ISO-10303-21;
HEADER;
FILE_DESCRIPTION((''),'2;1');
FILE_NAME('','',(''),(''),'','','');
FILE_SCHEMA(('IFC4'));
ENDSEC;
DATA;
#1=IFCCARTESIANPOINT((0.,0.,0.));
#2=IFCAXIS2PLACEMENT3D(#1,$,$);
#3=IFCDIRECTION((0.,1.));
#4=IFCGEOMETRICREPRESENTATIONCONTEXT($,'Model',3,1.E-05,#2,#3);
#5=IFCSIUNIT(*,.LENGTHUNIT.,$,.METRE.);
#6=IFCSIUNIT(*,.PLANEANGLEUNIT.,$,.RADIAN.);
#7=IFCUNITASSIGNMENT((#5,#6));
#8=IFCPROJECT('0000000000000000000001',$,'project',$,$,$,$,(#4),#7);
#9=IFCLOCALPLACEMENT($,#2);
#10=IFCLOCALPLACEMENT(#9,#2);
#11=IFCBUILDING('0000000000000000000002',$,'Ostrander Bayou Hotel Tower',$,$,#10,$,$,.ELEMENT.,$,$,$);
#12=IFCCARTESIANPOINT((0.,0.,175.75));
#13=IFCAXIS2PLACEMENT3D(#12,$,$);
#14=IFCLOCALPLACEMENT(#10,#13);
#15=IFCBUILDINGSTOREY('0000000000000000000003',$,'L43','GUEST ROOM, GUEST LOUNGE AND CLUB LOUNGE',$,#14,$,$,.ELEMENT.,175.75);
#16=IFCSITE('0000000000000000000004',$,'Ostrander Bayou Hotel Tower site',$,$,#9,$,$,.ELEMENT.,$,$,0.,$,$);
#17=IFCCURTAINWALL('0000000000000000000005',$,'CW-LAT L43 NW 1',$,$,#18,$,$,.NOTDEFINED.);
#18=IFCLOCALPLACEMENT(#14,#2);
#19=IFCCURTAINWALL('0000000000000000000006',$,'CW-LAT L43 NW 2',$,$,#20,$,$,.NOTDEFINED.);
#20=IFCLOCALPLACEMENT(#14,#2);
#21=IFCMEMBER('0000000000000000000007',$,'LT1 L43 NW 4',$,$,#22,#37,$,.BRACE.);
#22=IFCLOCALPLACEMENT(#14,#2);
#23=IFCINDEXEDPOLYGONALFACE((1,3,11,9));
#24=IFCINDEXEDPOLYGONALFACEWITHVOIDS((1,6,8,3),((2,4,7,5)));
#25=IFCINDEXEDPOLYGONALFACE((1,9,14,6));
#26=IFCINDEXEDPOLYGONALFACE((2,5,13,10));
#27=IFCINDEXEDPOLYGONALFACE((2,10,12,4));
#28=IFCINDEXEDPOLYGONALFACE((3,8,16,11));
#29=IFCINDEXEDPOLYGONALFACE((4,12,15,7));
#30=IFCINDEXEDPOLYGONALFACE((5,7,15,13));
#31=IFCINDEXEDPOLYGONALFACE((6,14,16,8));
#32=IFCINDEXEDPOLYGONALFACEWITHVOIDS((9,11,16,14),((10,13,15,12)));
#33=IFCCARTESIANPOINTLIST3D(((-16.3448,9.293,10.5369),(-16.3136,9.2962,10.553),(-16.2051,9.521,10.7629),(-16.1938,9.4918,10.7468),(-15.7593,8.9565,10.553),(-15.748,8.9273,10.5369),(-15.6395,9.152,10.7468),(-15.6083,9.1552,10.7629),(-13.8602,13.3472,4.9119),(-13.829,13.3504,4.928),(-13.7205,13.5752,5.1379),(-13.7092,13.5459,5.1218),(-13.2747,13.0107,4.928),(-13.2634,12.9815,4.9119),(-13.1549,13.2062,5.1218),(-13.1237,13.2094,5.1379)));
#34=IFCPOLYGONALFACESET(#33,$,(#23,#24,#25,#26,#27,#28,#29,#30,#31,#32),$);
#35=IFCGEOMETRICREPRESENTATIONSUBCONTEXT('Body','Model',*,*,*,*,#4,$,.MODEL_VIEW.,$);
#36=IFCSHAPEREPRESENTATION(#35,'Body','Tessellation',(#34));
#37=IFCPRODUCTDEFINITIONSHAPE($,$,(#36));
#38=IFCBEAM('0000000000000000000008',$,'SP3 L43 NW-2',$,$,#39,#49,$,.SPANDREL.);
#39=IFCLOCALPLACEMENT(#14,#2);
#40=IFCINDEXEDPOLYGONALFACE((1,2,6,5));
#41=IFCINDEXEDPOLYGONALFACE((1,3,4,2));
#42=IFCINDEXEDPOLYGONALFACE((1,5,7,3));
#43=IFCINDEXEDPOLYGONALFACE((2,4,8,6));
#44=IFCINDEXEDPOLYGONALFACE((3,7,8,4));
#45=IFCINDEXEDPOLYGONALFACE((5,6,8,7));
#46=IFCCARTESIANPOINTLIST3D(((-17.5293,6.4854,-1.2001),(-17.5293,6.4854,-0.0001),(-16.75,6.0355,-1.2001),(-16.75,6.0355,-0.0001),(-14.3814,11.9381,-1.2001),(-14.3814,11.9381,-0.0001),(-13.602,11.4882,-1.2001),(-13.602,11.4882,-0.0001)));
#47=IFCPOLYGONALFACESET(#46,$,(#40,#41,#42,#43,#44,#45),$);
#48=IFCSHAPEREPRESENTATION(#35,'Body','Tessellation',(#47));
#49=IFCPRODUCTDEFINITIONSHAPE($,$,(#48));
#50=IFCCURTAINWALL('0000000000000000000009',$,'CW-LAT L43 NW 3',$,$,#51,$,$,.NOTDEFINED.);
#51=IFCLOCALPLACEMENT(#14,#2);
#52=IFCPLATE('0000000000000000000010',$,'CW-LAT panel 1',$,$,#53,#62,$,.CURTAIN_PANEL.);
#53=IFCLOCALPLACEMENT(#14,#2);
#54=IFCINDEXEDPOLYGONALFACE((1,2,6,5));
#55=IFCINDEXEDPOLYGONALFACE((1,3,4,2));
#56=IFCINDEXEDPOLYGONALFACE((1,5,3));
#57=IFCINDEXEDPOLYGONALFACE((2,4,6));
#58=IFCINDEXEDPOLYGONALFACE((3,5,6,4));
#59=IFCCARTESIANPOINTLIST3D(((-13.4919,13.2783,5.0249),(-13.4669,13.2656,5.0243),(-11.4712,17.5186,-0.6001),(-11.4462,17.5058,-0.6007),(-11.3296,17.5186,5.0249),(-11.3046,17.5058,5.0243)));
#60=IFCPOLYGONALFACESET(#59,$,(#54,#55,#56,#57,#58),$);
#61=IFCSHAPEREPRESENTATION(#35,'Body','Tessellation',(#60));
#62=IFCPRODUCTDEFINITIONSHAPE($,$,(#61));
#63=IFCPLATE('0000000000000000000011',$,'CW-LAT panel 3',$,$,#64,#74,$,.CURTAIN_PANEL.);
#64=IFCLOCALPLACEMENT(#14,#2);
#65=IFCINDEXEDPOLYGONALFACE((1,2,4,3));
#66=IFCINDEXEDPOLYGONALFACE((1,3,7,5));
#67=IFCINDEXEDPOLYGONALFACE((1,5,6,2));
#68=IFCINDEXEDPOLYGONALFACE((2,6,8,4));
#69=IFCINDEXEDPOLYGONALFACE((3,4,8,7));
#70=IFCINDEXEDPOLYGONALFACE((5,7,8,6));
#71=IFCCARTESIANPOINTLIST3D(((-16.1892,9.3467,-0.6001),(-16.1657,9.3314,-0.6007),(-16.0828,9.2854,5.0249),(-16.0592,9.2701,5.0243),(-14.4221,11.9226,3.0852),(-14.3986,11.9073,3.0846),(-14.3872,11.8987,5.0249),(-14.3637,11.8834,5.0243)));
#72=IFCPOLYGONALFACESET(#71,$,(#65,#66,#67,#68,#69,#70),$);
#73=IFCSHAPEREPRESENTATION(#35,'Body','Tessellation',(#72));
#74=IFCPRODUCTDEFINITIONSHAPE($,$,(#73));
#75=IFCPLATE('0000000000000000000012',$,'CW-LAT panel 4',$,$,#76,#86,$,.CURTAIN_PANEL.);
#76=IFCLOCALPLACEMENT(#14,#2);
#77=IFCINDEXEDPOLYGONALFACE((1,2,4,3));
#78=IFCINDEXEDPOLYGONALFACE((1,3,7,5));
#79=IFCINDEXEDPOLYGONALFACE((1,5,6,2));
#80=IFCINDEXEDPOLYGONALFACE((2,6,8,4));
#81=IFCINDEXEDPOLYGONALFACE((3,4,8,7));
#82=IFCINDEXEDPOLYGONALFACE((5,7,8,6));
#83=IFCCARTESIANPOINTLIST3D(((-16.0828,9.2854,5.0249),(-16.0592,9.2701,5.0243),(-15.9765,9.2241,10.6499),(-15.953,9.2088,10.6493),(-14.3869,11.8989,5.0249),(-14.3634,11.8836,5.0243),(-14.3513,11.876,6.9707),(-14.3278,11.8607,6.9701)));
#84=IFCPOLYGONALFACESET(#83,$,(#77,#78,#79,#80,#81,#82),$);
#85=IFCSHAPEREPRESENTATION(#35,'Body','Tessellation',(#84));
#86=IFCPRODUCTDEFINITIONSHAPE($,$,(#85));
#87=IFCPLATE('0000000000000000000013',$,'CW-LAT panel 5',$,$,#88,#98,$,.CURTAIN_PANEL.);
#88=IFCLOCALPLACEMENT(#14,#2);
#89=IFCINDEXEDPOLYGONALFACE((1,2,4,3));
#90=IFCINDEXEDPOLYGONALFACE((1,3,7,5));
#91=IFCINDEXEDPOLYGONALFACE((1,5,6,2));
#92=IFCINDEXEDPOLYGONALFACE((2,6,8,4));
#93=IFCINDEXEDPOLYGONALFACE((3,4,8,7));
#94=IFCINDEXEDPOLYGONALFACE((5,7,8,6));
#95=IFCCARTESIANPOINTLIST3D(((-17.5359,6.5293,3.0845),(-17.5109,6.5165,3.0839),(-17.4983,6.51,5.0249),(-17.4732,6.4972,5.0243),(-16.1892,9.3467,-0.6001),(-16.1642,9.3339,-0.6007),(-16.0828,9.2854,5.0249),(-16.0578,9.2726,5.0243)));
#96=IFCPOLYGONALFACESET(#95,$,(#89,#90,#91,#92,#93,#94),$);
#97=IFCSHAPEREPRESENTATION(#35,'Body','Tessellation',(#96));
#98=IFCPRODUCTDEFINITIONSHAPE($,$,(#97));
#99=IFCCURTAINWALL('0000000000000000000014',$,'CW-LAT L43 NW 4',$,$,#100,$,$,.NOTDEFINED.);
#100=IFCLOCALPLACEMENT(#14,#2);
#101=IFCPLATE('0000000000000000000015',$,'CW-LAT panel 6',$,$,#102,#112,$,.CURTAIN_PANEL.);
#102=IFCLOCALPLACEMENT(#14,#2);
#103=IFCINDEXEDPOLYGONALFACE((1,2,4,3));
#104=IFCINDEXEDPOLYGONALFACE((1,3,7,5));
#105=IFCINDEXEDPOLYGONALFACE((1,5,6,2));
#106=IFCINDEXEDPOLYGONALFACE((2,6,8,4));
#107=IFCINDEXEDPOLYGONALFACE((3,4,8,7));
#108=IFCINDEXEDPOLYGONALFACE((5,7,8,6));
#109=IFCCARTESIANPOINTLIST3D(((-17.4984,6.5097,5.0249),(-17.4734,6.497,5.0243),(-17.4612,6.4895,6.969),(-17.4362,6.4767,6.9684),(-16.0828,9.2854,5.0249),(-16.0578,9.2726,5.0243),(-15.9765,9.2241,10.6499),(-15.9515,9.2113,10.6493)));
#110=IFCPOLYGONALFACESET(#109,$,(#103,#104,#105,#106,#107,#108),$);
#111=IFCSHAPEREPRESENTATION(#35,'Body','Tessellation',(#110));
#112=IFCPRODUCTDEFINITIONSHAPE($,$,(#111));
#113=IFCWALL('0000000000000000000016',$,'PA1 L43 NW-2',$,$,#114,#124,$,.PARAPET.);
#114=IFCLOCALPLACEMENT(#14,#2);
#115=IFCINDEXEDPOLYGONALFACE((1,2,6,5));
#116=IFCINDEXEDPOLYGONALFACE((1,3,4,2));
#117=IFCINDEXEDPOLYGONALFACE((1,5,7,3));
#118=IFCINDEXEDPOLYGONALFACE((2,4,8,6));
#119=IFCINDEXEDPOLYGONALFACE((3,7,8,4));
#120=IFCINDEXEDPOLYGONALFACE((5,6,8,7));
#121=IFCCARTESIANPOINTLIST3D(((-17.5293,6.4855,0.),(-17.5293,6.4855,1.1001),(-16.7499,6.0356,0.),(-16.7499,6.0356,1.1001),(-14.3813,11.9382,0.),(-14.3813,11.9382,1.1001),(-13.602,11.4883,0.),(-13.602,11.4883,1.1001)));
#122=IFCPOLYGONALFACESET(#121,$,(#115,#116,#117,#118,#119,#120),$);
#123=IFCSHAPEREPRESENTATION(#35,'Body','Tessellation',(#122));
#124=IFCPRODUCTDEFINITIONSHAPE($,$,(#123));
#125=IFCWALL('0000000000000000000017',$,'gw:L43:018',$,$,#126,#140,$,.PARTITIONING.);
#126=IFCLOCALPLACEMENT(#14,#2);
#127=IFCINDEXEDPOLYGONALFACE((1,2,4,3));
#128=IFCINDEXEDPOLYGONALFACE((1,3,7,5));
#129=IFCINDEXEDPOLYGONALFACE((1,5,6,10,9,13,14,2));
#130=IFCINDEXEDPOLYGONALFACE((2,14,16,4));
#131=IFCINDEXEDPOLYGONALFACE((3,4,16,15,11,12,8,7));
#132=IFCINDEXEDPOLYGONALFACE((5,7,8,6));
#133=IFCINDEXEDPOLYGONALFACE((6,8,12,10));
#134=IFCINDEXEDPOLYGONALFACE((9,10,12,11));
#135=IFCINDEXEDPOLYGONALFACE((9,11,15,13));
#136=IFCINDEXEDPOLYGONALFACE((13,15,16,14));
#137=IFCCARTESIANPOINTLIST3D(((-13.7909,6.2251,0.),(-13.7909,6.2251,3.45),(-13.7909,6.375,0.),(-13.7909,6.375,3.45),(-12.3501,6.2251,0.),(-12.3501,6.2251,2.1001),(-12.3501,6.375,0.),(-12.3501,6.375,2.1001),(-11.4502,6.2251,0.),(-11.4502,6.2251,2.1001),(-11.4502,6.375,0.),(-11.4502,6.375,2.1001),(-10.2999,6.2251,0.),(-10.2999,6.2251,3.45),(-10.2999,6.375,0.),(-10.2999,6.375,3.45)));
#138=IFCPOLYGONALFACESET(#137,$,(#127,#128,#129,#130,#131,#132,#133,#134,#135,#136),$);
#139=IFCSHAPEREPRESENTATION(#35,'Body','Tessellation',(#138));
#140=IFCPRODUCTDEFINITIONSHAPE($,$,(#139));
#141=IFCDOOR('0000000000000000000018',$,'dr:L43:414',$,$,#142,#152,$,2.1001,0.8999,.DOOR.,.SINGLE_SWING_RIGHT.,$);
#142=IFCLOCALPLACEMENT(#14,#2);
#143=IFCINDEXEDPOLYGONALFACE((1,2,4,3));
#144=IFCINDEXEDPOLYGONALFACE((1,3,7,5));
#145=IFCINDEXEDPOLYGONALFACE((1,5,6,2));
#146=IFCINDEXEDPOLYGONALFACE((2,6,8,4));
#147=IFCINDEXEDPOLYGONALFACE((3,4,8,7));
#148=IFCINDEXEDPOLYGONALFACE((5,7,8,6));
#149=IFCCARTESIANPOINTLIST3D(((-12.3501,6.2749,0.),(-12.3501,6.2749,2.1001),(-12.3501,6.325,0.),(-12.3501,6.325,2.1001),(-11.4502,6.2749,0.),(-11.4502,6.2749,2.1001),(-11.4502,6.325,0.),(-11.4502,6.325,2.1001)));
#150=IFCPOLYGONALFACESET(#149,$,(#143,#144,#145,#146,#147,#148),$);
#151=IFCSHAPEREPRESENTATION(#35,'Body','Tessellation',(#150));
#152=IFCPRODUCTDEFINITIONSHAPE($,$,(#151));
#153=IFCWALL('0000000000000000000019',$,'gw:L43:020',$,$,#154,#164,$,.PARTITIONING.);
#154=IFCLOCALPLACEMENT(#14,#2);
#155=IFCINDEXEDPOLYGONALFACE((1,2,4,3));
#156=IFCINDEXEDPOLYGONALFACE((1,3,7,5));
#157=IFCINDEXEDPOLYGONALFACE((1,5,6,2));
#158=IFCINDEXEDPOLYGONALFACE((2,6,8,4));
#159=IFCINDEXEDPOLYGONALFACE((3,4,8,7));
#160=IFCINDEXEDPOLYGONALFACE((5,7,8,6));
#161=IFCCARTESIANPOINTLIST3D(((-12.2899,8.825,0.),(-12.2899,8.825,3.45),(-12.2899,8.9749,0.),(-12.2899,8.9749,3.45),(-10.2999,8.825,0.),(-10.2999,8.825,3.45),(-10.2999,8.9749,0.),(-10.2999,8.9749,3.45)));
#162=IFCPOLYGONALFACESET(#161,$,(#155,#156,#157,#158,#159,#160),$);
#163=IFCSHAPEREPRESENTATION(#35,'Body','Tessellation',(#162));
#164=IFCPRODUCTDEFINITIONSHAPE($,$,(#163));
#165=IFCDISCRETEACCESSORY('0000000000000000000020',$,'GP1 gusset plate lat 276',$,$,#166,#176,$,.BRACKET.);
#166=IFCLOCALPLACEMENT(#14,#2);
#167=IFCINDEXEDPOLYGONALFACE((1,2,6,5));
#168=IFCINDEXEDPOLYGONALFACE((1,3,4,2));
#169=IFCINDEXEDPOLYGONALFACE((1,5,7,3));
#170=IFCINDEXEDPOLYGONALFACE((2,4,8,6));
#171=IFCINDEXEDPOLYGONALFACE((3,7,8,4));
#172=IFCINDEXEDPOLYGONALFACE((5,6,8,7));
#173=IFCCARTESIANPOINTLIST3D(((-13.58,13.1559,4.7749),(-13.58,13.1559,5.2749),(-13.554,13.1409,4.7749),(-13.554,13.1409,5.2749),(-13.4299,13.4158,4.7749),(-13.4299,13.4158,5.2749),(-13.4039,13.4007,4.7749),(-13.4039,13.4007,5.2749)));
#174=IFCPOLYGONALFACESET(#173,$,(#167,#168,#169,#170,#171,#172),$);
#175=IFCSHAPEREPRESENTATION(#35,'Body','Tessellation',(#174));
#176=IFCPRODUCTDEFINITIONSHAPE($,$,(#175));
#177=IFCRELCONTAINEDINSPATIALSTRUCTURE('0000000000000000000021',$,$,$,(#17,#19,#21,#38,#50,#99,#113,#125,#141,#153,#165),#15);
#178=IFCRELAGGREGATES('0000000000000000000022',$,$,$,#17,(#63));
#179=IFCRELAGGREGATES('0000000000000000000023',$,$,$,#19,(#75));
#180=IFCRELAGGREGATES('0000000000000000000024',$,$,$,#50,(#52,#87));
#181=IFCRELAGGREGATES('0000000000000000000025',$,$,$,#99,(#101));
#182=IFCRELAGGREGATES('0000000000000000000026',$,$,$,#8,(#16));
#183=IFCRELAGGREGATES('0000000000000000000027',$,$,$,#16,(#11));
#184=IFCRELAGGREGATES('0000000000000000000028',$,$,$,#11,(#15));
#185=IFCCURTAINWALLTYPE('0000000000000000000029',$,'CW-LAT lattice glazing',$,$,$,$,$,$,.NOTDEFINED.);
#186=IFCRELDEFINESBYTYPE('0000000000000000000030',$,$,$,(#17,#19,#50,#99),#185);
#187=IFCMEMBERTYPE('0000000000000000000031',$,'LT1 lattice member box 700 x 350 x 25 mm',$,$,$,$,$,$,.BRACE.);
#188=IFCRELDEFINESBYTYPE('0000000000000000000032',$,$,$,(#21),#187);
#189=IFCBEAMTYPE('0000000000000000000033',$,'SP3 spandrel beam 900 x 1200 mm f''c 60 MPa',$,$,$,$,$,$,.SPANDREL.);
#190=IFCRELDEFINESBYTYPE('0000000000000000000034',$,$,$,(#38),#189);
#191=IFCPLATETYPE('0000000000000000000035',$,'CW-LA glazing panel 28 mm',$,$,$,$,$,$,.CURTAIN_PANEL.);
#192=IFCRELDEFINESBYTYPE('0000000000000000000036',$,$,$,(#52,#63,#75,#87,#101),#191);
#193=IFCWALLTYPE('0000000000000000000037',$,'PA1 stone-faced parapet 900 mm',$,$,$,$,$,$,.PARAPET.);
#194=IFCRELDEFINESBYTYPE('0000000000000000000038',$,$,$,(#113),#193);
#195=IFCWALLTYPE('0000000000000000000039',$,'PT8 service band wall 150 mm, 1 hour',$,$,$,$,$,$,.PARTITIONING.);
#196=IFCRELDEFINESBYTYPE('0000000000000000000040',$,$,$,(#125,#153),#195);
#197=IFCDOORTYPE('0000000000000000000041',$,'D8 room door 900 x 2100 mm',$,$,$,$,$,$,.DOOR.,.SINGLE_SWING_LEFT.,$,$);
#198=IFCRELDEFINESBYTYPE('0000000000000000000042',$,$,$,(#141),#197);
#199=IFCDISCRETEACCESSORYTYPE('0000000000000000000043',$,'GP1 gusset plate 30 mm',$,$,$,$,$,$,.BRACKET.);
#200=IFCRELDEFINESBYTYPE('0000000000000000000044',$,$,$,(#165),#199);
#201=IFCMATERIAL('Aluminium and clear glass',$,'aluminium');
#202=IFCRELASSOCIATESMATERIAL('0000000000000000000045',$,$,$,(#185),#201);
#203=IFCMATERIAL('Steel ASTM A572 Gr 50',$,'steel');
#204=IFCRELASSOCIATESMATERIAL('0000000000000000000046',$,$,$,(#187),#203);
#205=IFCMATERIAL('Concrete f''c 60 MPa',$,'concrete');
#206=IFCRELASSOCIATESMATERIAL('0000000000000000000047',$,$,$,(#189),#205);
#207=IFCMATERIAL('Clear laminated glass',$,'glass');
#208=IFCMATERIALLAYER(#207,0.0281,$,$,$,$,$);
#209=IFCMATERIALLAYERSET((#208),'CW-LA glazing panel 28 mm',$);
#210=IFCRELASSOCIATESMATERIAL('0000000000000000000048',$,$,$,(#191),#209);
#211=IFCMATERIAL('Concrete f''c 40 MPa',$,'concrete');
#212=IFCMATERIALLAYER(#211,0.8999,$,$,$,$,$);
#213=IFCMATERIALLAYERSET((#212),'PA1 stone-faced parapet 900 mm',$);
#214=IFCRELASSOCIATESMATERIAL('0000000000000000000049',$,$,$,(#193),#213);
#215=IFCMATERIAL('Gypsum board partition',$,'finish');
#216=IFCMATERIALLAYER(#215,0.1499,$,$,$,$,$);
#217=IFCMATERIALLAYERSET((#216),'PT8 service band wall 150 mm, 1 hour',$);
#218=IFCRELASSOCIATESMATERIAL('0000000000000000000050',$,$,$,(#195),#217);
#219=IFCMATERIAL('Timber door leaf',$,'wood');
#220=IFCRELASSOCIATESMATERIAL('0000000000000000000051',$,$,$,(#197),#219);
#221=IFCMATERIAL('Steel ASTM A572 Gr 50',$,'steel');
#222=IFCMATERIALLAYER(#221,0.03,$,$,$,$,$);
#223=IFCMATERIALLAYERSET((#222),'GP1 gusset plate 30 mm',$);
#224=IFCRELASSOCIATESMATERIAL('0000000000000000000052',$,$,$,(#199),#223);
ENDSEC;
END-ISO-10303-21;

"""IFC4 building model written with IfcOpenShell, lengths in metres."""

from ifc_helpers import new_model, si_unit, direction, frame, frame_2d, origin, origin_2d, place, context, subcontext, project, spatial, polyline, rectangle, hollow_rectangle, outline, extrude, material, layer, layer_set, material_profile, profile_set, type_object, element, fill, aggregate, save


model = new_model("IFC4")

# Units and contexts
model_context = context("Model", 3, precision=1e-05, world=origin(), true_north=direction((0.0, 1.0)))
body_context = subcontext(model_context, "Body", "Model", "MODEL_VIEW")
ifc_project = project(units=[si_unit("LENGTHUNIT", "METRE"), si_unit("PLANEANGLEUNIT", "RADIAN")], contexts=[model_context])

# Site, building, storey
site_placement = place(None, origin())
site = spatial("IfcSite", under=ifc_project, at=site_placement, Name="Ostrander Bayou Hotel Tower site", CompositionType="ELEMENT", RefElevation=0.0)
building_placement = place(site_placement, origin())
building = spatial("IfcBuilding", under=site, at=building_placement, Name="Ostrander Bayou Hotel Tower", CompositionType="ELEMENT")
storey_placement = place(building_placement, frame((0.0, 0.0, 175.75)))
storey = spatial("IfcBuildingStorey", under=building, at=storey_placement, Name="L43", Description="GUEST ROOM, GUEST LOUNGE AND CLUB LOUNGE", CompositionType="ELEMENT", Elevation=175.75)

# Curtain walls
ifc_material_1 = material(Name="Aluminium and clear glass", Category="aluminium")
curtain_wall_type = type_object("IfcCurtainWallType", Name="CW-LAT lattice glazing", PredefinedType="NOTDEFINED", material=ifc_material_1)
curtain_wall_1_placement = place(storey_placement, origin())
curtain_wall_1 = element("IfcCurtainWall", 1, at=curtain_wall_1_placement, inside=storey, type_object=curtain_wall_type, Name="CW-LAT L43 NW 1", PredefinedType="NOTDEFINED")
curtain_wall_2_placement = place(storey_placement, origin())
curtain_wall_2 = element("IfcCurtainWall", 2, at=curtain_wall_2_placement, inside=storey, type_object=curtain_wall_type, Name="CW-LAT L43 NW 2", PredefinedType="NOTDEFINED")

# Member
ifc_material_2 = material(Name="Steel ASTM A572 Gr 50", Category="steel")
ifc_material_profile_1 = material_profile(ifc_material_2, hollow_rectangle(XDim=0.7, YDim=0.3501, WallThickness=0.0249, at=origin_2d()))
ifc_profile_set_1 = profile_set([ifc_material_profile_1], Name="Steel ASTM A572 Gr 50")
member_type_1 = type_object("IfcMemberType", Name="LT1 lattice member box 700 x 350 x 25 mm", PredefinedType="BRACE", material=ifc_profile_set_1)
member_1_placement = place(storey_placement, frame((-13.4919, 13.2783, 5.0249), z_axis=(-0.337332, -0.550431, 0.763696), x_axis=(0.852621, -0.52253, 0.0)))
element("IfcMember", 3, at=member_1_placement, inside=storey, type_object=member_type_1, Name="LT1 L43 NW 4", PredefinedType="BRACE", context=body_context, shape_type="SweptSolid", body=[
    extrude(hollow_rectangle(XDim=0.7, YDim=0.3501, WallThickness=0.0249, at=origin_2d()), origin(), (0.0, 0.0, 1.0), 7.3655),
])

# Beam
ifc_material_3 = material(Name="Concrete f'c 60 MPa", Category="concrete")
ifc_material_profile_2 = material_profile(ifc_material_3, rectangle(XDim=0.8999, YDim=1.2, at=origin_2d()))
ifc_profile_set_2 = profile_set([ifc_material_profile_2], Name="Concrete f'c 60 MPa")
beam_type_1 = type_object("IfcBeamType", Name="SP3 spandrel beam 900 x 1200 mm f'c 60 MPa", PredefinedType="SPANDREL", material=ifc_profile_set_2)
beam_1_placement = place(storey_placement, frame((-13.9917, 11.7131, -0.6001), z_axis=(-0.499984, -0.866034, 0.0), x_axis=(0.866034, -0.499984, 0.0)))
element("IfcBeam", 4, at=beam_1_placement, inside=storey, type_object=beam_type_1, Name="SP3 L43 NW-2", PredefinedType="SPANDREL", context=body_context, shape_type="SweptSolid", body=[
    extrude(rectangle(XDim=0.8999, YDim=1.2, at=origin_2d()), origin(), (0.0, 0.0, 1.0), 6.2961),
])

# Curtain wall, plate
curtain_wall_3_placement = place(storey_placement, origin())
curtain_wall_3 = element("IfcCurtainWall", 5, at=curtain_wall_3_placement, inside=storey, type_object=curtain_wall_type, Name="CW-LAT L43 NW 3", PredefinedType="NOTDEFINED")
ifc_material_4 = material(Name="Clear laminated glass", Category="glass")
ifc_layer_1 = layer(ifc_material_4, 0.0281)
ifc_layer_set_1 = layer_set([ifc_layer_1], Name="CW-LA glazing panel 28 mm")
plate_type = type_object("IfcPlateType", Name="CW-LA glazing panel 28 mm", PredefinedType="CURTAIN_PANEL", material=ifc_layer_set_1)
plate_1_placement = place(storey_placement, frame((-13.4919, 13.2783, 5.0249), z_axis=(-0.890626, 0.454184, 0.02242), x_axis=(0.275747, 0.578613, -0.767575)))
plate_1 = element("IfcPlate", 6, at=plate_1_placement, type_object=plate_type, Name="CW-LAT panel 1", PredefinedType="CURTAIN_PANEL", context=body_context, shape_type="SweptSolid", body=[
    extrude(outline(polyline([(0.0, 0.0), (7.3283, 0.0), (3.0497, -3.6544), (0.0, 0.0)])), origin(), (0.0, 0.0, -1.0), 0.0281),
])

# Plates
plate_2_placement = place(storey_placement, frame((-14.4221, 11.9226, 3.0852), z_axis=(-0.838697, 0.544161, 0.021801), x_axis=(-0.365776, -0.533196, -0.76283)))
plate_2 = element("IfcPlate", 7, at=plate_2_placement, type_object=plate_type, Name="CW-LAT panel 3", PredefinedType="CURTAIN_PANEL", context=body_context, shape_type="SweptSolid", body=[
    extrude(outline(polyline([(0.0, 0.0), (4.8311, 0.0), (0.5339, 3.6318), (-1.4797, 1.2549), (0.0, 0.0)])), origin(), (0.0, 0.0, -1.0), 0.0281),
])
aggregate(curtain_wall_1, [plate_2])
plate_3_placement = place(storey_placement, frame((-14.3513, 11.876, 6.9707), z_axis=(-0.838678, 0.544192, 0.021768), x_axis=(-0.337344, -0.550443, 0.763683)))
plate_3 = element("IfcPlate", 8, at=plate_3_placement, type_object=plate_type, Name="CW-LAT panel 4", PredefinedType="CURTAIN_PANEL", context=body_context, shape_type="SweptSolid", body=[
    extrude(outline(polyline([(0.0, 0.0), (4.8177, 0.0), (0.5241, -3.636), (-1.4866, -1.2562), (0.0, 0.0)])), origin(), (0.0, 0.0, -1.0), 0.0281),
])
aggregate(curtain_wall_2, [plate_3])
plate_4_placement = place(storey_placement, frame((-17.5359, 6.5293, 3.0845), z_axis=(-0.89062, 0.454225, 0.021794), x_axis=(0.278834, 0.583326, -0.762878)))
plate_4 = element("IfcPlate", 9, at=plate_4_placement, type_object=plate_type, Name="CW-LAT panel 5", PredefinedType="CURTAIN_PANEL", context=body_context, shape_type="SweptSolid", body=[
    extrude(outline(polyline([(0.0, 0.0), (4.8298, 0.0), (0.5326, -3.6317), (-1.4811, -1.2544), (0.0, 0.0)])), origin(), (0.0, 0.0, -1.0), 0.0281),
])
aggregate(curtain_wall_3, [plate_1, plate_4])

# Curtain wall, plate
curtain_wall_4_placement = place(storey_placement, origin())
curtain_wall_4 = element("IfcCurtainWall", 10, at=curtain_wall_4_placement, inside=storey, type_object=curtain_wall_type, Name="CW-LAT L43 NW 4", PredefinedType="NOTDEFINED")
plate_5_placement = place(storey_placement, frame((-17.4612, 6.4895, 6.969), z_axis=(-0.890616, 0.454234, 0.021785), x_axis=(0.308042, 0.56735, 0.763691)))
plate_5 = element("IfcPlate", 11, at=plate_5_placement, type_object=plate_type, Name="CW-LAT panel 6", PredefinedType="CURTAIN_PANEL", context=body_context, shape_type="SweptSolid", body=[
    extrude(outline(polyline([(0.0, 0.0), (4.8199, 0.0), (0.5262, 3.6359), (-1.4847, 1.2558), (0.0, 0.0)])), origin(), (0.0, 0.0, -1.0), 0.0281),
])
aggregate(curtain_wall_4, [plate_5])

# Wall
ifc_material_5 = material(Name="Concrete f'c 40 MPa", Category="concrete")
ifc_layer_2 = layer(ifc_material_5, 0.8999)
ifc_layer_set_2 = layer_set([ifc_layer_2], Name="PA1 stone-faced parapet 900 mm")
wall_type_1 = type_object("IfcWallType", Name="PA1 stone-faced parapet 900 mm", PredefinedType="PARAPET", material=ifc_layer_set_2)
wall_1_placement = place(storey_placement, frame((-13.9917, 11.7131, 0.0), z_axis=(0.0, 0.0, 1.0), x_axis=(-0.499984, -0.866034, 0.0)))
element("IfcWall", 12, at=wall_1_placement, inside=storey, type_object=wall_type_1, Name="PA1 L43 NW-2", PredefinedType="PARAPET", context=body_context, shape_type="SweptSolid", body=[
    extrude(rectangle(XDim=6.2961, YDim=0.8999, at=frame_2d((3.1479, 0.0))), origin(), (0.0, 0.0, 1.0), 1.1001),
])

# Wall, opening, door
ifc_material_6 = material(Name="Gypsum board partition", Category="finish")
ifc_layer_3 = layer(ifc_material_6, 0.1499)
ifc_layer_set_3 = layer_set([ifc_layer_3], Name="PT8 service band wall 150 mm, 1 hour")
wall_type_2 = type_object("IfcWallType", Name="PT8 service band wall 150 mm, 1 hour", PredefinedType="PARTITIONING", material=ifc_layer_set_3)
wall_2_placement = place(storey_placement, frame((-13.791, 6.3, 0.0), z_axis=(0.0, 0.0, 1.0), x_axis=(1.0, 0.0, 0.0)))
wall_2 = element("IfcWall", 13, at=wall_2_placement, inside=storey, type_object=wall_type_2, Name="gw:L43:018", PredefinedType="PARTITIONING", context=body_context, shape_type="SweptSolid", body=[
    extrude(rectangle(XDim=3.491, YDim=0.1499, at=frame_2d((1.7456, 0.0))), origin(), (0.0, 0.0, 1.0), 3.45),
])
opening_placement = place(wall_2_placement, frame((1.4409, 0.0, 0.0)))
opening = element("IfcOpeningElement", 14, at=opening_placement, cuts=wall_2, PredefinedType="OPENING", context=body_context, shape_type="SweptSolid", body=[
    extrude(rectangle(XDim=0.8999, YDim=2.1001, at=frame_2d((0.45, 1.05))), frame((0.0, 0.075, 0.0), z_axis=(0.0, -1.0, 0.0), x_axis=(1.0, 0.0, 0.0)), (0.0, 0.0, 1.0), 0.1499),
])
ifc_material_7 = material(Name="Timber door leaf", Category="wood")
door_type = type_object("IfcDoorType", Name="D8 room door 900 x 2100 mm", OperationType="SINGLE_SWING_LEFT", PredefinedType="DOOR", material=ifc_material_7)
door_placement = place(opening_placement, origin())
door = element("IfcDoor", 15, at=door_placement, inside=storey, type_object=door_type, Name="dr:L43:414", OperationType="SINGLE_SWING_RIGHT", OverallHeight=2.1001, OverallWidth=0.8999, PredefinedType="DOOR", context=body_context, shape_type="SweptSolid", body=[
    extrude(rectangle(XDim=0.8999, YDim=2.1001, at=frame_2d((0.45, 1.05))), frame((0.0, 0.0249, 0.0), z_axis=(0.0, -1.0, 0.0), x_axis=(1.0, 0.0, 0.0)), (0.0, 0.0, 1.0), 0.05),
])
fill(opening, door)

# Wall
wall_3_placement = place(storey_placement, frame((-12.29, 8.8999, 0.0), z_axis=(0.0, 0.0, 1.0), x_axis=(1.0, 0.0, 0.0)))
element("IfcWall", 16, at=wall_3_placement, inside=storey, type_object=wall_type_2, Name="gw:L43:020", PredefinedType="PARTITIONING", context=body_context, shape_type="SweptSolid", body=[
    extrude(rectangle(XDim=1.99, YDim=0.1499, at=frame_2d((0.9951, 0.0))), origin(), (0.0, 0.0, 1.0), 3.45),
])

# Discrete accessory
ifc_material_8 = material(Name="Steel ASTM A572 Gr 50", Category="steel")
ifc_layer_4 = layer(ifc_material_8, 0.03)
ifc_layer_set_4 = layer_set([ifc_layer_4], Name="GP1 gusset plate 30 mm")
discrete_accessory_type = type_object("IfcDiscreteAccessoryType", Name="GP1 gusset plate 30 mm", PredefinedType="BRACKET", material=ifc_layer_set_4)
for number, where, z_axis, x_axis, name in (
    (17, (-13.4919, 13.2783, 4.7749), (0.0, 0.0, 1.0), (-0.5, -0.866025, 0.0), "GP1 gusset plate lat 276"),
):
    element("IfcDiscreteAccessory", number, at=place(storey_placement, frame(where, z_axis=z_axis, x_axis=x_axis)), inside=storey, type_object=discrete_accessory_type, Name=name, PredefinedType="BRACKET", context=body_context, shape_type="SweptSolid", body=[
        extrude(rectangle(XDim=0.3, YDim=0.03, at=origin_2d()), origin(), (0.0, 0.0, 1.0), 0.5),
    ])

save(model, "model.ifc")
